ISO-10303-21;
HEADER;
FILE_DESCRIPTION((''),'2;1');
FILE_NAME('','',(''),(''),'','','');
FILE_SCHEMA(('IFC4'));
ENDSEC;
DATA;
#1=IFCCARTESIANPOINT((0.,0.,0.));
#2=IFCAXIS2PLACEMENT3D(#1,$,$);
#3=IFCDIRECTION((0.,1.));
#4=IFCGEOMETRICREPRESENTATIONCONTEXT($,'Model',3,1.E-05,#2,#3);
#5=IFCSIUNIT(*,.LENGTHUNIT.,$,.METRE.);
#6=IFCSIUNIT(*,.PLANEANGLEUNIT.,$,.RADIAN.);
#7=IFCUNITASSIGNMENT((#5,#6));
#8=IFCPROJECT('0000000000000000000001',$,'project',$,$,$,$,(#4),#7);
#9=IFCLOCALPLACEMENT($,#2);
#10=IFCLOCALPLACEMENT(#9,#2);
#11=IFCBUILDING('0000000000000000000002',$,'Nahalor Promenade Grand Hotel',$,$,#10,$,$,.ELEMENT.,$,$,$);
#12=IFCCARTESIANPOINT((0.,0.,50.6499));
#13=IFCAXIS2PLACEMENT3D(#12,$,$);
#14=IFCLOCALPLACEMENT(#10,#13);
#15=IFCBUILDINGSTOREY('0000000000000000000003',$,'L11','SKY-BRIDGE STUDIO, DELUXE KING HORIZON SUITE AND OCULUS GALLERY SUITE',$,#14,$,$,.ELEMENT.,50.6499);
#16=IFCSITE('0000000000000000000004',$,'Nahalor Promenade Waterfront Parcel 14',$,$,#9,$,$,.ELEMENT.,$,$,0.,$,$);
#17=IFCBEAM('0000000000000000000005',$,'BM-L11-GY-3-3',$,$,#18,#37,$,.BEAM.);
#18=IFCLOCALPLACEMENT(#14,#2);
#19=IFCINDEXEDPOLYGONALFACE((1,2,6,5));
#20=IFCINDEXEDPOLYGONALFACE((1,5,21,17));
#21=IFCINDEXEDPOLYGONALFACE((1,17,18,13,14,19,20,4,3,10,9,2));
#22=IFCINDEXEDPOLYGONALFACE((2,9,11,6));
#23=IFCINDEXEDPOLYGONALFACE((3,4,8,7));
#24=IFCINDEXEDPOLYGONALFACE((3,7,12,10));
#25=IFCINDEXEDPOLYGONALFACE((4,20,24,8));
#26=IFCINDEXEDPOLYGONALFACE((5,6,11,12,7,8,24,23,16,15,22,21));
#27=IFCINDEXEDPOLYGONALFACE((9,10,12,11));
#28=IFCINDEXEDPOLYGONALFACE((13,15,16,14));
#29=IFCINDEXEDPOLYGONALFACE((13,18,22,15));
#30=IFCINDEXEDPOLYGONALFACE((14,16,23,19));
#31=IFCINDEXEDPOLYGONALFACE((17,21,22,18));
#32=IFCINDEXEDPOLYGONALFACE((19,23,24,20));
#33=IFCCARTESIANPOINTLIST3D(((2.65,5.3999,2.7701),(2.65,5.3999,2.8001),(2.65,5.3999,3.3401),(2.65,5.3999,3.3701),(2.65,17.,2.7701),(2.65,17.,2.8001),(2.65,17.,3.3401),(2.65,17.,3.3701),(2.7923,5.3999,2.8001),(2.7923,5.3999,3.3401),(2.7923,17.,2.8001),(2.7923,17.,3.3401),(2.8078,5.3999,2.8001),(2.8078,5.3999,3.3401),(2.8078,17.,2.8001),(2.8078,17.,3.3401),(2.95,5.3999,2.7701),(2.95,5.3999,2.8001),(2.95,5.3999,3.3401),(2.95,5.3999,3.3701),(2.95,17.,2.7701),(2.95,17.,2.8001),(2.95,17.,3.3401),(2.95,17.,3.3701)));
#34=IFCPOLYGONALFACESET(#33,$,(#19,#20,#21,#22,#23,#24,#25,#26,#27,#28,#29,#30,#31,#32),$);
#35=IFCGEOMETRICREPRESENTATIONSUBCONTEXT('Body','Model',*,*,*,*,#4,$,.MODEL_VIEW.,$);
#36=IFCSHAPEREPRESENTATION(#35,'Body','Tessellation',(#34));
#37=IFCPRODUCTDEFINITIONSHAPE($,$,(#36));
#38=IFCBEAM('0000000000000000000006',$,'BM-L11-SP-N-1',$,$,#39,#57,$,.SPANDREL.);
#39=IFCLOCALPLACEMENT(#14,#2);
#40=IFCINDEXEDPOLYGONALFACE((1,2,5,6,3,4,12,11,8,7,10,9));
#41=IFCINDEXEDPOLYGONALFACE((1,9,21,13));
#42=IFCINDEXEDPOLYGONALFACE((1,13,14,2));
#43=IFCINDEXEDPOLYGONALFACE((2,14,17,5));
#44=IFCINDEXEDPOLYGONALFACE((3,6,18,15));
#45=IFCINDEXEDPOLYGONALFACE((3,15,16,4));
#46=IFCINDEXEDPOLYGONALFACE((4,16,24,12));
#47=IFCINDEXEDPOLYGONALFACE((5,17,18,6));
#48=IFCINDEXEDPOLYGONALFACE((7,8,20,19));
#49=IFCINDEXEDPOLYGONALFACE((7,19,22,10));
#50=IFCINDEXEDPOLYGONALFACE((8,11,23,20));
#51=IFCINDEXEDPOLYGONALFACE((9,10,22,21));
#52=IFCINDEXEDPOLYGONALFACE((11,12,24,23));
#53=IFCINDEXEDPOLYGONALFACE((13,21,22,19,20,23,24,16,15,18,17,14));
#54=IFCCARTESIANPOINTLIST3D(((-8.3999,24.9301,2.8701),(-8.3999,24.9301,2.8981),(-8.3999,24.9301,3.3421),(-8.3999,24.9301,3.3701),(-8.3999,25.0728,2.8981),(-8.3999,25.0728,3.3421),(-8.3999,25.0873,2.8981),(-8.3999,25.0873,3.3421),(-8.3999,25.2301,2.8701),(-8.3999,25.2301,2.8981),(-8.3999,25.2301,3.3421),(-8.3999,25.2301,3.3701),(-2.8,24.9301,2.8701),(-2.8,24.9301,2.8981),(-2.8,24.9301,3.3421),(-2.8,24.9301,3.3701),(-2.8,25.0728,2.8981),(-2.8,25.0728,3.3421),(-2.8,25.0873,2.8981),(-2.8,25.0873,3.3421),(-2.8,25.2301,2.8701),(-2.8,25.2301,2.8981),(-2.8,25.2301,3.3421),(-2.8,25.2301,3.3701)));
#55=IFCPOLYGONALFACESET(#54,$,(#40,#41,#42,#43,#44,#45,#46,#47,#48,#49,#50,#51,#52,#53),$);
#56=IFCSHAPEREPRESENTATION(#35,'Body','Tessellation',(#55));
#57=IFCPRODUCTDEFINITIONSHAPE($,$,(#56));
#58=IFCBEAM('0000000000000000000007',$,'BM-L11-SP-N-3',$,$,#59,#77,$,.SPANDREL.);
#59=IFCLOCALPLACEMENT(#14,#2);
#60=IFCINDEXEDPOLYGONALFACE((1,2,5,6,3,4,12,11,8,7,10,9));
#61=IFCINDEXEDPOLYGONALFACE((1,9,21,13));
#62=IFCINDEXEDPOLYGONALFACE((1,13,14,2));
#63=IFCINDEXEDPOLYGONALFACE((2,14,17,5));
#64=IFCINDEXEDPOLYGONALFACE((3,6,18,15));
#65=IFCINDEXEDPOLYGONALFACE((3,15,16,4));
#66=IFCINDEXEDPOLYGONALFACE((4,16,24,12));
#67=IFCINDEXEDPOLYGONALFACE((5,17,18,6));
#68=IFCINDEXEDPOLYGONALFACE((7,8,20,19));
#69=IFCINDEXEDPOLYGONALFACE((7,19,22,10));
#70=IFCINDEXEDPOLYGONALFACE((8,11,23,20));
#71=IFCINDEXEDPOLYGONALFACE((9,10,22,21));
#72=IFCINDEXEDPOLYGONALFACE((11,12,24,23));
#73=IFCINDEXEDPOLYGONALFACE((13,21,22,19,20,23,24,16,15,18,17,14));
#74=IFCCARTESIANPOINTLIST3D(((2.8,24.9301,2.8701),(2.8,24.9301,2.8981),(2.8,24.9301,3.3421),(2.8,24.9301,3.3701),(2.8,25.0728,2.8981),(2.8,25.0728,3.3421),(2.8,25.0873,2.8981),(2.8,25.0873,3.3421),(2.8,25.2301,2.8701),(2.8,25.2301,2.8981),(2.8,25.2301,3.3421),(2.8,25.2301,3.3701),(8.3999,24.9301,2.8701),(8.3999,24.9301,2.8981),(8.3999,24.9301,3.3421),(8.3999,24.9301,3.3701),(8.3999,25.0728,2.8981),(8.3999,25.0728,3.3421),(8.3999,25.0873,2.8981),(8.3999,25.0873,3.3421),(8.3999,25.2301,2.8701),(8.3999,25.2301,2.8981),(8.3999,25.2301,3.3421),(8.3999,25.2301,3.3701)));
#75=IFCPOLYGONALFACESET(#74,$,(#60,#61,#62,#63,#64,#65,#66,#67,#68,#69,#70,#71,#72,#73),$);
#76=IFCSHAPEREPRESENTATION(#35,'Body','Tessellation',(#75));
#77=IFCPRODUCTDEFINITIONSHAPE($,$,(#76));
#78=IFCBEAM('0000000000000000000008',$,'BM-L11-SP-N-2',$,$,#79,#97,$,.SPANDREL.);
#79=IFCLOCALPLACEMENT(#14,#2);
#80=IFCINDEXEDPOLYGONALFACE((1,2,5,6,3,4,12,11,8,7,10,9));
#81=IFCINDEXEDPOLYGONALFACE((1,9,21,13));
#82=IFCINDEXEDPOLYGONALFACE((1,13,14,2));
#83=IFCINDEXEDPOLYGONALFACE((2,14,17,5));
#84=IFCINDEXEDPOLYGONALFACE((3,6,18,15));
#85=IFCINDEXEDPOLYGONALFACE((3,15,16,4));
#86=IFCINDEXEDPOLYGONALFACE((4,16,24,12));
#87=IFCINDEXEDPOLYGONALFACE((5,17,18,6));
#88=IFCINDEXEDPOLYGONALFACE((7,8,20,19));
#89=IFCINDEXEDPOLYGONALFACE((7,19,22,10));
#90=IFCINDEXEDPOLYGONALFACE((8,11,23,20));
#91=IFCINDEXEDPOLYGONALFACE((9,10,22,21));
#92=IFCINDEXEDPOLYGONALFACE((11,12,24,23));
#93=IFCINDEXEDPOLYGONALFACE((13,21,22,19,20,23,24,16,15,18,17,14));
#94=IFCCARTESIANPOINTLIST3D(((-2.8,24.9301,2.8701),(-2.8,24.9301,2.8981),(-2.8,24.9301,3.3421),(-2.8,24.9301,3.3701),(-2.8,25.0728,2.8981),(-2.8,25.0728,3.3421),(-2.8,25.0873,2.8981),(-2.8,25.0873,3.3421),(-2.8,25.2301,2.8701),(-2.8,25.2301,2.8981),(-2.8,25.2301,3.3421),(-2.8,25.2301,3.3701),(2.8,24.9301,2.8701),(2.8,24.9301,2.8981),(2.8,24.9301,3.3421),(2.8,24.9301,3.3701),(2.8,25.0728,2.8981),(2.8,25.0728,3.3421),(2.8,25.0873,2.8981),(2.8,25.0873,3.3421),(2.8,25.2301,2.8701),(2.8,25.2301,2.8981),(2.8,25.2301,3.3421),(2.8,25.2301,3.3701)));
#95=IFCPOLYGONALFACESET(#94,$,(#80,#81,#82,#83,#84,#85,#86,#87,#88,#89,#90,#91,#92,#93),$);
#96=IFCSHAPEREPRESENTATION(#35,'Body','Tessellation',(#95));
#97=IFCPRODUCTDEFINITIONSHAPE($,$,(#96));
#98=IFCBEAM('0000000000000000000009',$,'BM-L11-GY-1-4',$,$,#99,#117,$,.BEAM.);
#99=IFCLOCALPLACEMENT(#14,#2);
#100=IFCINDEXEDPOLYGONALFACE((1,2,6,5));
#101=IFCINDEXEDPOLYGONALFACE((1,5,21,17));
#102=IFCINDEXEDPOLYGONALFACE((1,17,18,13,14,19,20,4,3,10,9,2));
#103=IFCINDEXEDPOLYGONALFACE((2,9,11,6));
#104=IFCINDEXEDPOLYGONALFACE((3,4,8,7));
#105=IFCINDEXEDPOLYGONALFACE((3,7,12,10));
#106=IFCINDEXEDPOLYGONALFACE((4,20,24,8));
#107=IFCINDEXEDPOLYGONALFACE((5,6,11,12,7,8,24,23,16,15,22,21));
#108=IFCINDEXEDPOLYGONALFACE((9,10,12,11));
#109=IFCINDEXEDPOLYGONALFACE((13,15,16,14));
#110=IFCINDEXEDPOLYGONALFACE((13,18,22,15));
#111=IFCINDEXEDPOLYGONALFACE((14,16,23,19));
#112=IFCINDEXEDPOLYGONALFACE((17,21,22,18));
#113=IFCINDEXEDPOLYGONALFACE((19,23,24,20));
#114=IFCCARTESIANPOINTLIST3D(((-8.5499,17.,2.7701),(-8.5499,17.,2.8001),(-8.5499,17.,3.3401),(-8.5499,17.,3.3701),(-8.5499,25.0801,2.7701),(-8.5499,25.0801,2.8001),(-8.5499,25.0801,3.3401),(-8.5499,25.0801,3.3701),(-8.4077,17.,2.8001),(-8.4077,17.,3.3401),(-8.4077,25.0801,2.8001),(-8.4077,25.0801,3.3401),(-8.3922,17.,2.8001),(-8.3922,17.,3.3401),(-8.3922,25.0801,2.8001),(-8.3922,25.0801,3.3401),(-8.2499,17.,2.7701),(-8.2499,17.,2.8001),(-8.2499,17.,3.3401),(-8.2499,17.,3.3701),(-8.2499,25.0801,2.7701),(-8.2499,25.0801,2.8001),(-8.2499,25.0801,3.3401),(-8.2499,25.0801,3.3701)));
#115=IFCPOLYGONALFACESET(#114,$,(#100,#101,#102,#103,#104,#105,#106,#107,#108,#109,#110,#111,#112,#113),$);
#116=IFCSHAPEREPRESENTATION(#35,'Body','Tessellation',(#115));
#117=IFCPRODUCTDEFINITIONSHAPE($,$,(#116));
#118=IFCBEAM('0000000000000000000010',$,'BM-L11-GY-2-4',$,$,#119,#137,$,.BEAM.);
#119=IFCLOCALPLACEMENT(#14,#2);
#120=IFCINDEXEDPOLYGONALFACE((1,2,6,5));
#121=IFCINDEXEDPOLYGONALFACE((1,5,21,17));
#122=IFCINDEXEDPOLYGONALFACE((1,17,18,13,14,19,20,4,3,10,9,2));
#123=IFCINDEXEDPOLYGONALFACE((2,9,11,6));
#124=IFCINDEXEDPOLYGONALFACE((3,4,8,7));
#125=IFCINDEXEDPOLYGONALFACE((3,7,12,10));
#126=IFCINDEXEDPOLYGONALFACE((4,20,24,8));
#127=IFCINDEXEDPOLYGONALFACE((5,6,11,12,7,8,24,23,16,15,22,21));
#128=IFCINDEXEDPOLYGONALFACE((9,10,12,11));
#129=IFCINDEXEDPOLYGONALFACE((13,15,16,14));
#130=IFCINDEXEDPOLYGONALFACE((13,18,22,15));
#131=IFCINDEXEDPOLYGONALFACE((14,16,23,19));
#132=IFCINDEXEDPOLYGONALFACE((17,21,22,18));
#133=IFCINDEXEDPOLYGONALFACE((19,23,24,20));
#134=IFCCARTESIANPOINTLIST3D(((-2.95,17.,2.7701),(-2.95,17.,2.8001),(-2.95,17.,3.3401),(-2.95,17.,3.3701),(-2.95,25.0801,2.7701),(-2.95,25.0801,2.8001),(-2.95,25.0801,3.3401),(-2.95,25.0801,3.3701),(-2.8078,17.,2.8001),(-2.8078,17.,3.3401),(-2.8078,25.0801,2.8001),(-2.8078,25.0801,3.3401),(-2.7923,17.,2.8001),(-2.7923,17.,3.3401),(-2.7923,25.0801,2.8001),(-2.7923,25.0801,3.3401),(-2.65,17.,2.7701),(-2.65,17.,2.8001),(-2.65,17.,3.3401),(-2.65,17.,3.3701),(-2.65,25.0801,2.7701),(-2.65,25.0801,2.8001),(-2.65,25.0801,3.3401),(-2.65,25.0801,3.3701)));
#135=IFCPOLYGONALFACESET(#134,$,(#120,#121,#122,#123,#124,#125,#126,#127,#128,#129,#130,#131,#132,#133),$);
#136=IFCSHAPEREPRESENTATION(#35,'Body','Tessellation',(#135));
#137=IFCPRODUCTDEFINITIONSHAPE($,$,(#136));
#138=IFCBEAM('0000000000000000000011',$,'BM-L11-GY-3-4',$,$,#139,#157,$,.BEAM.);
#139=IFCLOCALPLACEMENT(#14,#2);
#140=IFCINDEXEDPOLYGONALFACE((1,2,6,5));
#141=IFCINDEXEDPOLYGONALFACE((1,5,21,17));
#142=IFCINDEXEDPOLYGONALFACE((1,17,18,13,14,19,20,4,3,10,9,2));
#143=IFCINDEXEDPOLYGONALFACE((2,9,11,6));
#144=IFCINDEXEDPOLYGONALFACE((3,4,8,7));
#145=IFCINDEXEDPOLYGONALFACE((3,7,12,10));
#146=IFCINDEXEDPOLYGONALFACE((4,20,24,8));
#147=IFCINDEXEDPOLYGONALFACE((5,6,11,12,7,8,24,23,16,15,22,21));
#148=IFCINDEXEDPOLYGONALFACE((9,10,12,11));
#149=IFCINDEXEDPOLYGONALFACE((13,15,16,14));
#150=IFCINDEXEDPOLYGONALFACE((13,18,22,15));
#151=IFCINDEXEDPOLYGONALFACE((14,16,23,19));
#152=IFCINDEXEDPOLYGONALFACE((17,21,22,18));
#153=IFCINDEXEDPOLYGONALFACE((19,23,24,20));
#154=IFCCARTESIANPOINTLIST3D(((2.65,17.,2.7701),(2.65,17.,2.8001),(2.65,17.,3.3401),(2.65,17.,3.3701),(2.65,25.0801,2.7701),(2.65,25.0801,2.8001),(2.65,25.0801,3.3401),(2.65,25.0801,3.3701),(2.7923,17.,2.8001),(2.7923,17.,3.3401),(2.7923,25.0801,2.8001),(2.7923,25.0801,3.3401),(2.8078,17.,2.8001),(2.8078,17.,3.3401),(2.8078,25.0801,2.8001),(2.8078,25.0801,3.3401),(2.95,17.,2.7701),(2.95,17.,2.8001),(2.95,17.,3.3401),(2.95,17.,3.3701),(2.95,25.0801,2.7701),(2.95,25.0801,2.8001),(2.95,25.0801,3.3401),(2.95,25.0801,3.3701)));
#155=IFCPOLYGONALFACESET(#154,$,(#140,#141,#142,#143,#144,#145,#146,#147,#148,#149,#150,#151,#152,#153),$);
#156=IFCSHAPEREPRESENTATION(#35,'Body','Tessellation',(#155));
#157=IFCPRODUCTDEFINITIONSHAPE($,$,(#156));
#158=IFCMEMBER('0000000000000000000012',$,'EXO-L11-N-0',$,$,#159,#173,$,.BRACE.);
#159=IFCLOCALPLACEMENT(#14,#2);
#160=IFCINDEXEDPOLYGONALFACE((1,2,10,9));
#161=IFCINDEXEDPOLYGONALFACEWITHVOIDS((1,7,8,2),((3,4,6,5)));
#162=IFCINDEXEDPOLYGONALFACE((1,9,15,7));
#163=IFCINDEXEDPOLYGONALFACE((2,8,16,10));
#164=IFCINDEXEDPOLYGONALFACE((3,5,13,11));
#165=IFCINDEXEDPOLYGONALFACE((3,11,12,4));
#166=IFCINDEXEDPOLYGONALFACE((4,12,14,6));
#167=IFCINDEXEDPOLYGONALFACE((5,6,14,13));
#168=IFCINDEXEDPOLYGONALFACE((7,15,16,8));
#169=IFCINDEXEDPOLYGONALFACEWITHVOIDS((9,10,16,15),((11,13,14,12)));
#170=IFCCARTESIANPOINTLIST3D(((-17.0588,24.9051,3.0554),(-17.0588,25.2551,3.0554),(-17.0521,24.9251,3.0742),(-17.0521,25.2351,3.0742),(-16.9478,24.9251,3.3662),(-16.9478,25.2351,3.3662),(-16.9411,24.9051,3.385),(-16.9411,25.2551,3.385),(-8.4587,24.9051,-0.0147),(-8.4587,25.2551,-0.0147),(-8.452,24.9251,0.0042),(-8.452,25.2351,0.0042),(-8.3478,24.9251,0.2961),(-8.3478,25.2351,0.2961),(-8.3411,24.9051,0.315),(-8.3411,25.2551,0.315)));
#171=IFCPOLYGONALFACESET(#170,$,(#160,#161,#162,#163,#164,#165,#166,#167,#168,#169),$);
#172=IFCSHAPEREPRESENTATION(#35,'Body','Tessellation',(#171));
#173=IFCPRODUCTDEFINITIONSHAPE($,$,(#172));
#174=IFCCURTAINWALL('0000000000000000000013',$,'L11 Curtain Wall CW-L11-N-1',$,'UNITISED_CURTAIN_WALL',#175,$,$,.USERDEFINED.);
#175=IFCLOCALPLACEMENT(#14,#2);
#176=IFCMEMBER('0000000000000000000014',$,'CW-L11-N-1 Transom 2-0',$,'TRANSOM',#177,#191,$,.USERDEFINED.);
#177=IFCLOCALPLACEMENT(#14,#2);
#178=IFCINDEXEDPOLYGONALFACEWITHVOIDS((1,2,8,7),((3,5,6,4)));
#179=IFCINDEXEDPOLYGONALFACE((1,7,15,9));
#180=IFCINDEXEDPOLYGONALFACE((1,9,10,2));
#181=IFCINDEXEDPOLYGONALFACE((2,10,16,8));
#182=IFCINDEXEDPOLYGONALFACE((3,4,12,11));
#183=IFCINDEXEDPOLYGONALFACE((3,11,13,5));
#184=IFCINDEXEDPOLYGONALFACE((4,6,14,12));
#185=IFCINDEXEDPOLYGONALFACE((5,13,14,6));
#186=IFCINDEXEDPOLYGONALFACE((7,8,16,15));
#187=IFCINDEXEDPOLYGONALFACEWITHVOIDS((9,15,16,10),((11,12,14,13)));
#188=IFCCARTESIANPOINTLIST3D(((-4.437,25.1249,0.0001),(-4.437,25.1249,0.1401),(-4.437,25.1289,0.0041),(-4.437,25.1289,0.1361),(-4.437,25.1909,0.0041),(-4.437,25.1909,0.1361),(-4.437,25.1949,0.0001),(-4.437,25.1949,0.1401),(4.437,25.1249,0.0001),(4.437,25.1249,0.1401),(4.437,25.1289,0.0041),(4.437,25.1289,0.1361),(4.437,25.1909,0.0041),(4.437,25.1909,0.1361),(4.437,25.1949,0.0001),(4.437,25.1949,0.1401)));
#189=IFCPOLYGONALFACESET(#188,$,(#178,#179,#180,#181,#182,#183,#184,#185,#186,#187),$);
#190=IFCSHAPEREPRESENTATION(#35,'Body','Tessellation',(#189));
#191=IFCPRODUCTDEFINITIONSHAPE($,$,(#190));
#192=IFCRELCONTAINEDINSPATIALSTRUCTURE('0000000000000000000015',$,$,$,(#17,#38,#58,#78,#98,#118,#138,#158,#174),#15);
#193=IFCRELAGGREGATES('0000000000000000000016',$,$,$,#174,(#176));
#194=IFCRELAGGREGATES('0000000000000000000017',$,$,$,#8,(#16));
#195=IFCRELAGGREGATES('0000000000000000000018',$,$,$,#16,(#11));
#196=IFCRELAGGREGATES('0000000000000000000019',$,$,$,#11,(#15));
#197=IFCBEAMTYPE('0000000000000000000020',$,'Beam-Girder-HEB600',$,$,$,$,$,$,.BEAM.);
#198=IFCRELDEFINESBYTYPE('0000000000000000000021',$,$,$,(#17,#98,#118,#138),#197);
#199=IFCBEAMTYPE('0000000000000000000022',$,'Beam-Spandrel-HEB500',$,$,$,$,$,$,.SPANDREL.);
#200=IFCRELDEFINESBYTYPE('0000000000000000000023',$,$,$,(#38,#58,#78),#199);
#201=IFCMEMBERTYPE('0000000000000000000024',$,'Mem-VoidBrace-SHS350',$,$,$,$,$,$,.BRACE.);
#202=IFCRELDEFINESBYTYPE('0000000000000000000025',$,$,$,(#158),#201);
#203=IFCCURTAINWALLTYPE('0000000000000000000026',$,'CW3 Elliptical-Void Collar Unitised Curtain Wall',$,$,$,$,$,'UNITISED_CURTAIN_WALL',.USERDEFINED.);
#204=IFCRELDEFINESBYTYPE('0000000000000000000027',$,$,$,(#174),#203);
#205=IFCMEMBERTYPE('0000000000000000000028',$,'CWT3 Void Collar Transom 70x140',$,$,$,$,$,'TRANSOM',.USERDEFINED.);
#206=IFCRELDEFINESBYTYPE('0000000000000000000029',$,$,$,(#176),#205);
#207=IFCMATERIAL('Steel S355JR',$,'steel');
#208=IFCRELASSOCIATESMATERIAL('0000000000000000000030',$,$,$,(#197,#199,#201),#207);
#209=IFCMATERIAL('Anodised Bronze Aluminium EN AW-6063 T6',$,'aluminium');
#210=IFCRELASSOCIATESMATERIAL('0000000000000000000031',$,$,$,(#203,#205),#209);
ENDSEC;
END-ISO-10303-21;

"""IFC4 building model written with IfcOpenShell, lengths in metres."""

from ifc_helpers import new_model, si_unit, direction, frame, origin, origin_2d, place, context, subcontext, project, spatial, hollow_rectangle, i_section, extrude, source, transform, mapped, material, material_profile, profile_set, type_object, element, aggregate, save


model = new_model("IFC4")

# Units and contexts
model_context = context("Model", 3, precision=1e-05, world=origin(), true_north=direction((0.0, 1.0)))
body_context = subcontext(model_context, "Body", "Model", "MODEL_VIEW")
ifc_project = project(units=[si_unit("LENGTHUNIT", "METRE"), si_unit("PLANEANGLEUNIT", "RADIAN")], contexts=[model_context])

# Site, building, storey
site_placement = place(None, origin())
site = spatial("IfcSite", under=ifc_project, at=site_placement, Name="Nahalor Promenade Waterfront Parcel 14", CompositionType="ELEMENT", RefElevation=0.0)
building_placement = place(site_placement, origin())
building = spatial("IfcBuilding", under=site, at=building_placement, Name="Nahalor Promenade Grand Hotel", CompositionType="ELEMENT")
storey_placement = place(building_placement, frame((0.0, 0.0, 50.6499)))
storey = spatial("IfcBuildingStorey", under=building, at=storey_placement, Name="L11", Description="SKY-BRIDGE STUDIO, DELUXE KING HORIZON SUITE AND OCULUS GALLERY SUITE", CompositionType="ELEMENT", Elevation=50.6499)

# Beams
ifc_material_1 = material(Name="Steel S355JR", Category="steel")
ifc_material_profile_1 = material_profile(ifc_material_1, i_section(OverallWidth=0.3, OverallDepth=0.6, WebThickness=0.0155, FlangeThickness=0.03, at=origin_2d()), Name="HEB 600")
ifc_profile_set_1 = profile_set([ifc_material_profile_1], Name="Steel S355JR")
beam_type_1 = type_object("IfcBeamType", Name="Beam-Girder-HEB600", PredefinedType="BEAM", material=ifc_profile_set_1)
shared_shape_1 = source(origin(), body_context, "Body", "SweptSolid", [
    extrude(i_section(OverallWidth=0.3, OverallDepth=0.6, WebThickness=0.0155, FlangeThickness=0.03, at=origin_2d()), origin(), (0.0, 0.0, 1.0), 11.6001),
])
beam_1_placement = place(storey_placement, frame((2.8, 5.3999, 3.0701), z_axis=(0.0, 1.0, 0.0), x_axis=(-1.0, 0.0, 0.0)))
element("IfcBeam", 1, at=beam_1_placement, inside=storey, type_object=beam_type_1, Name="BM-L11-GY-3-3", PredefinedType="BEAM", context=body_context, shape_type="MappedRepresentation", body=[
    mapped(shared_shape_1, transform((0.0, 0.0, 0.0), scale=1.0)),
])
ifc_material_profile_2 = material_profile(ifc_material_1, i_section(OverallWidth=0.3, OverallDepth=0.5, WebThickness=0.0145, FlangeThickness=0.028, at=origin_2d()), Name="HEB 500")
ifc_profile_set_2 = profile_set([ifc_material_profile_2], Name="Steel S355JR")
beam_type_2 = type_object("IfcBeamType", Name="Beam-Spandrel-HEB500", PredefinedType="SPANDREL", material=ifc_profile_set_2)
shared_shape_2 = source(origin(), body_context, "Body", "SweptSolid", [
    extrude(i_section(OverallWidth=0.3, OverallDepth=0.5, WebThickness=0.0145, FlangeThickness=0.028, at=origin_2d()), origin(), (0.0, 0.0, 1.0), 5.5999),
])
for number, where, z_axis, x_axis, name in (
    (2, (-8.3999, 25.0801, 3.1201), (1.0, 0.0, 0.0), (0.0, 1.0, 0.0), "BM-L11-SP-N-1"),
    (3, (2.8, 25.0801, 3.1201), (1.0, 0.0, 0.0), (0.0, 1.0, 0.0), "BM-L11-SP-N-3"),
):
    element("IfcBeam", number, at=place(storey_placement, frame(where, z_axis=z_axis, x_axis=x_axis)), inside=storey, type_object=beam_type_2, Name=name, PredefinedType="SPANDREL", context=body_context, shape_type="MappedRepresentation", body=[
        mapped(shared_shape_2, transform((0.0, 0.0, 0.0), scale=1.0)),
    ])
shared_shape_3 = source(origin(), body_context, "Body", "SweptSolid", [
    extrude(i_section(OverallWidth=0.3, OverallDepth=0.5, WebThickness=0.0145, FlangeThickness=0.028, at=origin_2d()), origin(), (0.0, 0.0, 1.0), 5.6001),
])
beam_2_placement = place(storey_placement, frame((-2.8, 25.0801, 3.1201), z_axis=(1.0, 0.0, 0.0), x_axis=(0.0, 1.0, 0.0)))
element("IfcBeam", 4, at=beam_2_placement, inside=storey, type_object=beam_type_2, Name="BM-L11-SP-N-2", PredefinedType="SPANDREL", context=body_context, shape_type="MappedRepresentation", body=[
    mapped(shared_shape_3, transform((0.0, 0.0, 0.0), scale=1.0)),
])
shared_shape_4 = source(origin(), body_context, "Body", "SweptSolid", [
    extrude(i_section(OverallWidth=0.3, OverallDepth=0.6, WebThickness=0.0155, FlangeThickness=0.03, at=origin_2d()), origin(), (0.0, 0.0, 1.0), 8.0801),
])
for number, where, z_axis, x_axis, name in (
    (5, (-8.3999, 17.0, 3.0701), (0.0, 1.0, 0.0), (-1.0, 0.0, 0.0), "BM-L11-GY-1-4"),
    (6, (-2.8, 17.0, 3.0701), (0.0, 1.0, 0.0), (-1.0, 0.0, 0.0), "BM-L11-GY-2-4"),
    (7, (2.8, 17.0, 3.0701), (0.0, 1.0, 0.0), (-1.0, 0.0, 0.0), "BM-L11-GY-3-4"),
):
    element("IfcBeam", number, at=place(storey_placement, frame(where, z_axis=z_axis, x_axis=x_axis)), inside=storey, type_object=beam_type_1, Name=name, PredefinedType="BEAM", context=body_context, shape_type="MappedRepresentation", body=[
        mapped(shared_shape_4, transform((0.0, 0.0, 0.0), scale=1.0)),
    ])

# Member
ifc_material_profile_3 = material_profile(ifc_material_1, hollow_rectangle(XDim=0.35, YDim=0.35, WallThickness=0.02, at=origin_2d()), Name="SHS 350x350x20")
ifc_profile_set_3 = profile_set([ifc_material_profile_3], Name="Steel S355JR")
member_type_1 = type_object("IfcMemberType", Name="Mem-VoidBrace-SHS350", PredefinedType="BRACE", material=ifc_profile_set_3)
shared_shape_5 = source(origin(), body_context, "Body", "SweptSolid", [
    extrude(hollow_rectangle(XDim=0.35, YDim=0.35, WallThickness=0.02, at=origin_2d()), origin(), (0.0, 0.0, 1.0), 9.1316),
])
member_1_placement = place(storey_placement, frame((-8.3999, 25.0801, 0.1501), z_axis=(-0.94179, 0.0, 0.336201), x_axis=(0.0, -1.0, 0.0)))
element("IfcMember", 8, at=member_1_placement, inside=storey, type_object=member_type_1, Name="EXO-L11-N-0", PredefinedType="BRACE", context=body_context, shape_type="MappedRepresentation", body=[
    mapped(shared_shape_5, transform((0.0, 0.0, 0.0), scale=1.0)),
])

# Curtain wall, member
ifc_material_2 = material(Name="Anodised Bronze Aluminium EN AW-6063 T6", Category="aluminium")
curtain_wall_type = type_object("IfcCurtainWallType", Name="CW3 Elliptical-Void Collar Unitised Curtain Wall", ElementType="UNITISED_CURTAIN_WALL", PredefinedType="USERDEFINED", material=ifc_material_2)
curtain_wall_placement = place(storey_placement, origin())
curtain_wall = element("IfcCurtainWall", 9, at=curtain_wall_placement, inside=storey, type_object=curtain_wall_type, Name="L11 Curtain Wall CW-L11-N-1", ObjectType="UNITISED_CURTAIN_WALL", PredefinedType="USERDEFINED")
ifc_material_profile_4 = material_profile(ifc_material_2, hollow_rectangle(XDim=0.07, YDim=0.14, WallThickness=0.004, at=origin_2d()), Name="CWT 70x140x4")
ifc_profile_set_4 = profile_set([ifc_material_profile_4], Name="Anodised Bronze Aluminium EN AW-6063 T6")
member_type_2 = type_object("IfcMemberType", Name="CWT3 Void Collar Transom 70x140", ElementType="TRANSOM", PredefinedType="USERDEFINED", material=ifc_profile_set_4)
shared_shape_6 = source(origin(), body_context, "Body", "SweptSolid", [
    extrude(hollow_rectangle(XDim=0.07, YDim=0.14, WallThickness=0.004, at=origin_2d()), origin(), (0.0, 0.0, 1.0), 8.874),
])
member_2_placement = place(storey_placement, frame((-4.437, 25.1599, 0.0701), z_axis=(1.0, 0.0, 0.0), x_axis=(0.0, 1.0, 0.0)))
member_2 = element("IfcMember", 10, at=member_2_placement, type_object=member_type_2, Name="CW-L11-N-1 Transom 2-0", ObjectType="TRANSOM", PredefinedType="USERDEFINED", context=body_context, shape_type="MappedRepresentation", body=[
    mapped(shared_shape_6, transform((0.0, 0.0, 0.0), scale=1.0)),
])
aggregate(curtain_wall, [member_2])

save(model, "model.ifc")
